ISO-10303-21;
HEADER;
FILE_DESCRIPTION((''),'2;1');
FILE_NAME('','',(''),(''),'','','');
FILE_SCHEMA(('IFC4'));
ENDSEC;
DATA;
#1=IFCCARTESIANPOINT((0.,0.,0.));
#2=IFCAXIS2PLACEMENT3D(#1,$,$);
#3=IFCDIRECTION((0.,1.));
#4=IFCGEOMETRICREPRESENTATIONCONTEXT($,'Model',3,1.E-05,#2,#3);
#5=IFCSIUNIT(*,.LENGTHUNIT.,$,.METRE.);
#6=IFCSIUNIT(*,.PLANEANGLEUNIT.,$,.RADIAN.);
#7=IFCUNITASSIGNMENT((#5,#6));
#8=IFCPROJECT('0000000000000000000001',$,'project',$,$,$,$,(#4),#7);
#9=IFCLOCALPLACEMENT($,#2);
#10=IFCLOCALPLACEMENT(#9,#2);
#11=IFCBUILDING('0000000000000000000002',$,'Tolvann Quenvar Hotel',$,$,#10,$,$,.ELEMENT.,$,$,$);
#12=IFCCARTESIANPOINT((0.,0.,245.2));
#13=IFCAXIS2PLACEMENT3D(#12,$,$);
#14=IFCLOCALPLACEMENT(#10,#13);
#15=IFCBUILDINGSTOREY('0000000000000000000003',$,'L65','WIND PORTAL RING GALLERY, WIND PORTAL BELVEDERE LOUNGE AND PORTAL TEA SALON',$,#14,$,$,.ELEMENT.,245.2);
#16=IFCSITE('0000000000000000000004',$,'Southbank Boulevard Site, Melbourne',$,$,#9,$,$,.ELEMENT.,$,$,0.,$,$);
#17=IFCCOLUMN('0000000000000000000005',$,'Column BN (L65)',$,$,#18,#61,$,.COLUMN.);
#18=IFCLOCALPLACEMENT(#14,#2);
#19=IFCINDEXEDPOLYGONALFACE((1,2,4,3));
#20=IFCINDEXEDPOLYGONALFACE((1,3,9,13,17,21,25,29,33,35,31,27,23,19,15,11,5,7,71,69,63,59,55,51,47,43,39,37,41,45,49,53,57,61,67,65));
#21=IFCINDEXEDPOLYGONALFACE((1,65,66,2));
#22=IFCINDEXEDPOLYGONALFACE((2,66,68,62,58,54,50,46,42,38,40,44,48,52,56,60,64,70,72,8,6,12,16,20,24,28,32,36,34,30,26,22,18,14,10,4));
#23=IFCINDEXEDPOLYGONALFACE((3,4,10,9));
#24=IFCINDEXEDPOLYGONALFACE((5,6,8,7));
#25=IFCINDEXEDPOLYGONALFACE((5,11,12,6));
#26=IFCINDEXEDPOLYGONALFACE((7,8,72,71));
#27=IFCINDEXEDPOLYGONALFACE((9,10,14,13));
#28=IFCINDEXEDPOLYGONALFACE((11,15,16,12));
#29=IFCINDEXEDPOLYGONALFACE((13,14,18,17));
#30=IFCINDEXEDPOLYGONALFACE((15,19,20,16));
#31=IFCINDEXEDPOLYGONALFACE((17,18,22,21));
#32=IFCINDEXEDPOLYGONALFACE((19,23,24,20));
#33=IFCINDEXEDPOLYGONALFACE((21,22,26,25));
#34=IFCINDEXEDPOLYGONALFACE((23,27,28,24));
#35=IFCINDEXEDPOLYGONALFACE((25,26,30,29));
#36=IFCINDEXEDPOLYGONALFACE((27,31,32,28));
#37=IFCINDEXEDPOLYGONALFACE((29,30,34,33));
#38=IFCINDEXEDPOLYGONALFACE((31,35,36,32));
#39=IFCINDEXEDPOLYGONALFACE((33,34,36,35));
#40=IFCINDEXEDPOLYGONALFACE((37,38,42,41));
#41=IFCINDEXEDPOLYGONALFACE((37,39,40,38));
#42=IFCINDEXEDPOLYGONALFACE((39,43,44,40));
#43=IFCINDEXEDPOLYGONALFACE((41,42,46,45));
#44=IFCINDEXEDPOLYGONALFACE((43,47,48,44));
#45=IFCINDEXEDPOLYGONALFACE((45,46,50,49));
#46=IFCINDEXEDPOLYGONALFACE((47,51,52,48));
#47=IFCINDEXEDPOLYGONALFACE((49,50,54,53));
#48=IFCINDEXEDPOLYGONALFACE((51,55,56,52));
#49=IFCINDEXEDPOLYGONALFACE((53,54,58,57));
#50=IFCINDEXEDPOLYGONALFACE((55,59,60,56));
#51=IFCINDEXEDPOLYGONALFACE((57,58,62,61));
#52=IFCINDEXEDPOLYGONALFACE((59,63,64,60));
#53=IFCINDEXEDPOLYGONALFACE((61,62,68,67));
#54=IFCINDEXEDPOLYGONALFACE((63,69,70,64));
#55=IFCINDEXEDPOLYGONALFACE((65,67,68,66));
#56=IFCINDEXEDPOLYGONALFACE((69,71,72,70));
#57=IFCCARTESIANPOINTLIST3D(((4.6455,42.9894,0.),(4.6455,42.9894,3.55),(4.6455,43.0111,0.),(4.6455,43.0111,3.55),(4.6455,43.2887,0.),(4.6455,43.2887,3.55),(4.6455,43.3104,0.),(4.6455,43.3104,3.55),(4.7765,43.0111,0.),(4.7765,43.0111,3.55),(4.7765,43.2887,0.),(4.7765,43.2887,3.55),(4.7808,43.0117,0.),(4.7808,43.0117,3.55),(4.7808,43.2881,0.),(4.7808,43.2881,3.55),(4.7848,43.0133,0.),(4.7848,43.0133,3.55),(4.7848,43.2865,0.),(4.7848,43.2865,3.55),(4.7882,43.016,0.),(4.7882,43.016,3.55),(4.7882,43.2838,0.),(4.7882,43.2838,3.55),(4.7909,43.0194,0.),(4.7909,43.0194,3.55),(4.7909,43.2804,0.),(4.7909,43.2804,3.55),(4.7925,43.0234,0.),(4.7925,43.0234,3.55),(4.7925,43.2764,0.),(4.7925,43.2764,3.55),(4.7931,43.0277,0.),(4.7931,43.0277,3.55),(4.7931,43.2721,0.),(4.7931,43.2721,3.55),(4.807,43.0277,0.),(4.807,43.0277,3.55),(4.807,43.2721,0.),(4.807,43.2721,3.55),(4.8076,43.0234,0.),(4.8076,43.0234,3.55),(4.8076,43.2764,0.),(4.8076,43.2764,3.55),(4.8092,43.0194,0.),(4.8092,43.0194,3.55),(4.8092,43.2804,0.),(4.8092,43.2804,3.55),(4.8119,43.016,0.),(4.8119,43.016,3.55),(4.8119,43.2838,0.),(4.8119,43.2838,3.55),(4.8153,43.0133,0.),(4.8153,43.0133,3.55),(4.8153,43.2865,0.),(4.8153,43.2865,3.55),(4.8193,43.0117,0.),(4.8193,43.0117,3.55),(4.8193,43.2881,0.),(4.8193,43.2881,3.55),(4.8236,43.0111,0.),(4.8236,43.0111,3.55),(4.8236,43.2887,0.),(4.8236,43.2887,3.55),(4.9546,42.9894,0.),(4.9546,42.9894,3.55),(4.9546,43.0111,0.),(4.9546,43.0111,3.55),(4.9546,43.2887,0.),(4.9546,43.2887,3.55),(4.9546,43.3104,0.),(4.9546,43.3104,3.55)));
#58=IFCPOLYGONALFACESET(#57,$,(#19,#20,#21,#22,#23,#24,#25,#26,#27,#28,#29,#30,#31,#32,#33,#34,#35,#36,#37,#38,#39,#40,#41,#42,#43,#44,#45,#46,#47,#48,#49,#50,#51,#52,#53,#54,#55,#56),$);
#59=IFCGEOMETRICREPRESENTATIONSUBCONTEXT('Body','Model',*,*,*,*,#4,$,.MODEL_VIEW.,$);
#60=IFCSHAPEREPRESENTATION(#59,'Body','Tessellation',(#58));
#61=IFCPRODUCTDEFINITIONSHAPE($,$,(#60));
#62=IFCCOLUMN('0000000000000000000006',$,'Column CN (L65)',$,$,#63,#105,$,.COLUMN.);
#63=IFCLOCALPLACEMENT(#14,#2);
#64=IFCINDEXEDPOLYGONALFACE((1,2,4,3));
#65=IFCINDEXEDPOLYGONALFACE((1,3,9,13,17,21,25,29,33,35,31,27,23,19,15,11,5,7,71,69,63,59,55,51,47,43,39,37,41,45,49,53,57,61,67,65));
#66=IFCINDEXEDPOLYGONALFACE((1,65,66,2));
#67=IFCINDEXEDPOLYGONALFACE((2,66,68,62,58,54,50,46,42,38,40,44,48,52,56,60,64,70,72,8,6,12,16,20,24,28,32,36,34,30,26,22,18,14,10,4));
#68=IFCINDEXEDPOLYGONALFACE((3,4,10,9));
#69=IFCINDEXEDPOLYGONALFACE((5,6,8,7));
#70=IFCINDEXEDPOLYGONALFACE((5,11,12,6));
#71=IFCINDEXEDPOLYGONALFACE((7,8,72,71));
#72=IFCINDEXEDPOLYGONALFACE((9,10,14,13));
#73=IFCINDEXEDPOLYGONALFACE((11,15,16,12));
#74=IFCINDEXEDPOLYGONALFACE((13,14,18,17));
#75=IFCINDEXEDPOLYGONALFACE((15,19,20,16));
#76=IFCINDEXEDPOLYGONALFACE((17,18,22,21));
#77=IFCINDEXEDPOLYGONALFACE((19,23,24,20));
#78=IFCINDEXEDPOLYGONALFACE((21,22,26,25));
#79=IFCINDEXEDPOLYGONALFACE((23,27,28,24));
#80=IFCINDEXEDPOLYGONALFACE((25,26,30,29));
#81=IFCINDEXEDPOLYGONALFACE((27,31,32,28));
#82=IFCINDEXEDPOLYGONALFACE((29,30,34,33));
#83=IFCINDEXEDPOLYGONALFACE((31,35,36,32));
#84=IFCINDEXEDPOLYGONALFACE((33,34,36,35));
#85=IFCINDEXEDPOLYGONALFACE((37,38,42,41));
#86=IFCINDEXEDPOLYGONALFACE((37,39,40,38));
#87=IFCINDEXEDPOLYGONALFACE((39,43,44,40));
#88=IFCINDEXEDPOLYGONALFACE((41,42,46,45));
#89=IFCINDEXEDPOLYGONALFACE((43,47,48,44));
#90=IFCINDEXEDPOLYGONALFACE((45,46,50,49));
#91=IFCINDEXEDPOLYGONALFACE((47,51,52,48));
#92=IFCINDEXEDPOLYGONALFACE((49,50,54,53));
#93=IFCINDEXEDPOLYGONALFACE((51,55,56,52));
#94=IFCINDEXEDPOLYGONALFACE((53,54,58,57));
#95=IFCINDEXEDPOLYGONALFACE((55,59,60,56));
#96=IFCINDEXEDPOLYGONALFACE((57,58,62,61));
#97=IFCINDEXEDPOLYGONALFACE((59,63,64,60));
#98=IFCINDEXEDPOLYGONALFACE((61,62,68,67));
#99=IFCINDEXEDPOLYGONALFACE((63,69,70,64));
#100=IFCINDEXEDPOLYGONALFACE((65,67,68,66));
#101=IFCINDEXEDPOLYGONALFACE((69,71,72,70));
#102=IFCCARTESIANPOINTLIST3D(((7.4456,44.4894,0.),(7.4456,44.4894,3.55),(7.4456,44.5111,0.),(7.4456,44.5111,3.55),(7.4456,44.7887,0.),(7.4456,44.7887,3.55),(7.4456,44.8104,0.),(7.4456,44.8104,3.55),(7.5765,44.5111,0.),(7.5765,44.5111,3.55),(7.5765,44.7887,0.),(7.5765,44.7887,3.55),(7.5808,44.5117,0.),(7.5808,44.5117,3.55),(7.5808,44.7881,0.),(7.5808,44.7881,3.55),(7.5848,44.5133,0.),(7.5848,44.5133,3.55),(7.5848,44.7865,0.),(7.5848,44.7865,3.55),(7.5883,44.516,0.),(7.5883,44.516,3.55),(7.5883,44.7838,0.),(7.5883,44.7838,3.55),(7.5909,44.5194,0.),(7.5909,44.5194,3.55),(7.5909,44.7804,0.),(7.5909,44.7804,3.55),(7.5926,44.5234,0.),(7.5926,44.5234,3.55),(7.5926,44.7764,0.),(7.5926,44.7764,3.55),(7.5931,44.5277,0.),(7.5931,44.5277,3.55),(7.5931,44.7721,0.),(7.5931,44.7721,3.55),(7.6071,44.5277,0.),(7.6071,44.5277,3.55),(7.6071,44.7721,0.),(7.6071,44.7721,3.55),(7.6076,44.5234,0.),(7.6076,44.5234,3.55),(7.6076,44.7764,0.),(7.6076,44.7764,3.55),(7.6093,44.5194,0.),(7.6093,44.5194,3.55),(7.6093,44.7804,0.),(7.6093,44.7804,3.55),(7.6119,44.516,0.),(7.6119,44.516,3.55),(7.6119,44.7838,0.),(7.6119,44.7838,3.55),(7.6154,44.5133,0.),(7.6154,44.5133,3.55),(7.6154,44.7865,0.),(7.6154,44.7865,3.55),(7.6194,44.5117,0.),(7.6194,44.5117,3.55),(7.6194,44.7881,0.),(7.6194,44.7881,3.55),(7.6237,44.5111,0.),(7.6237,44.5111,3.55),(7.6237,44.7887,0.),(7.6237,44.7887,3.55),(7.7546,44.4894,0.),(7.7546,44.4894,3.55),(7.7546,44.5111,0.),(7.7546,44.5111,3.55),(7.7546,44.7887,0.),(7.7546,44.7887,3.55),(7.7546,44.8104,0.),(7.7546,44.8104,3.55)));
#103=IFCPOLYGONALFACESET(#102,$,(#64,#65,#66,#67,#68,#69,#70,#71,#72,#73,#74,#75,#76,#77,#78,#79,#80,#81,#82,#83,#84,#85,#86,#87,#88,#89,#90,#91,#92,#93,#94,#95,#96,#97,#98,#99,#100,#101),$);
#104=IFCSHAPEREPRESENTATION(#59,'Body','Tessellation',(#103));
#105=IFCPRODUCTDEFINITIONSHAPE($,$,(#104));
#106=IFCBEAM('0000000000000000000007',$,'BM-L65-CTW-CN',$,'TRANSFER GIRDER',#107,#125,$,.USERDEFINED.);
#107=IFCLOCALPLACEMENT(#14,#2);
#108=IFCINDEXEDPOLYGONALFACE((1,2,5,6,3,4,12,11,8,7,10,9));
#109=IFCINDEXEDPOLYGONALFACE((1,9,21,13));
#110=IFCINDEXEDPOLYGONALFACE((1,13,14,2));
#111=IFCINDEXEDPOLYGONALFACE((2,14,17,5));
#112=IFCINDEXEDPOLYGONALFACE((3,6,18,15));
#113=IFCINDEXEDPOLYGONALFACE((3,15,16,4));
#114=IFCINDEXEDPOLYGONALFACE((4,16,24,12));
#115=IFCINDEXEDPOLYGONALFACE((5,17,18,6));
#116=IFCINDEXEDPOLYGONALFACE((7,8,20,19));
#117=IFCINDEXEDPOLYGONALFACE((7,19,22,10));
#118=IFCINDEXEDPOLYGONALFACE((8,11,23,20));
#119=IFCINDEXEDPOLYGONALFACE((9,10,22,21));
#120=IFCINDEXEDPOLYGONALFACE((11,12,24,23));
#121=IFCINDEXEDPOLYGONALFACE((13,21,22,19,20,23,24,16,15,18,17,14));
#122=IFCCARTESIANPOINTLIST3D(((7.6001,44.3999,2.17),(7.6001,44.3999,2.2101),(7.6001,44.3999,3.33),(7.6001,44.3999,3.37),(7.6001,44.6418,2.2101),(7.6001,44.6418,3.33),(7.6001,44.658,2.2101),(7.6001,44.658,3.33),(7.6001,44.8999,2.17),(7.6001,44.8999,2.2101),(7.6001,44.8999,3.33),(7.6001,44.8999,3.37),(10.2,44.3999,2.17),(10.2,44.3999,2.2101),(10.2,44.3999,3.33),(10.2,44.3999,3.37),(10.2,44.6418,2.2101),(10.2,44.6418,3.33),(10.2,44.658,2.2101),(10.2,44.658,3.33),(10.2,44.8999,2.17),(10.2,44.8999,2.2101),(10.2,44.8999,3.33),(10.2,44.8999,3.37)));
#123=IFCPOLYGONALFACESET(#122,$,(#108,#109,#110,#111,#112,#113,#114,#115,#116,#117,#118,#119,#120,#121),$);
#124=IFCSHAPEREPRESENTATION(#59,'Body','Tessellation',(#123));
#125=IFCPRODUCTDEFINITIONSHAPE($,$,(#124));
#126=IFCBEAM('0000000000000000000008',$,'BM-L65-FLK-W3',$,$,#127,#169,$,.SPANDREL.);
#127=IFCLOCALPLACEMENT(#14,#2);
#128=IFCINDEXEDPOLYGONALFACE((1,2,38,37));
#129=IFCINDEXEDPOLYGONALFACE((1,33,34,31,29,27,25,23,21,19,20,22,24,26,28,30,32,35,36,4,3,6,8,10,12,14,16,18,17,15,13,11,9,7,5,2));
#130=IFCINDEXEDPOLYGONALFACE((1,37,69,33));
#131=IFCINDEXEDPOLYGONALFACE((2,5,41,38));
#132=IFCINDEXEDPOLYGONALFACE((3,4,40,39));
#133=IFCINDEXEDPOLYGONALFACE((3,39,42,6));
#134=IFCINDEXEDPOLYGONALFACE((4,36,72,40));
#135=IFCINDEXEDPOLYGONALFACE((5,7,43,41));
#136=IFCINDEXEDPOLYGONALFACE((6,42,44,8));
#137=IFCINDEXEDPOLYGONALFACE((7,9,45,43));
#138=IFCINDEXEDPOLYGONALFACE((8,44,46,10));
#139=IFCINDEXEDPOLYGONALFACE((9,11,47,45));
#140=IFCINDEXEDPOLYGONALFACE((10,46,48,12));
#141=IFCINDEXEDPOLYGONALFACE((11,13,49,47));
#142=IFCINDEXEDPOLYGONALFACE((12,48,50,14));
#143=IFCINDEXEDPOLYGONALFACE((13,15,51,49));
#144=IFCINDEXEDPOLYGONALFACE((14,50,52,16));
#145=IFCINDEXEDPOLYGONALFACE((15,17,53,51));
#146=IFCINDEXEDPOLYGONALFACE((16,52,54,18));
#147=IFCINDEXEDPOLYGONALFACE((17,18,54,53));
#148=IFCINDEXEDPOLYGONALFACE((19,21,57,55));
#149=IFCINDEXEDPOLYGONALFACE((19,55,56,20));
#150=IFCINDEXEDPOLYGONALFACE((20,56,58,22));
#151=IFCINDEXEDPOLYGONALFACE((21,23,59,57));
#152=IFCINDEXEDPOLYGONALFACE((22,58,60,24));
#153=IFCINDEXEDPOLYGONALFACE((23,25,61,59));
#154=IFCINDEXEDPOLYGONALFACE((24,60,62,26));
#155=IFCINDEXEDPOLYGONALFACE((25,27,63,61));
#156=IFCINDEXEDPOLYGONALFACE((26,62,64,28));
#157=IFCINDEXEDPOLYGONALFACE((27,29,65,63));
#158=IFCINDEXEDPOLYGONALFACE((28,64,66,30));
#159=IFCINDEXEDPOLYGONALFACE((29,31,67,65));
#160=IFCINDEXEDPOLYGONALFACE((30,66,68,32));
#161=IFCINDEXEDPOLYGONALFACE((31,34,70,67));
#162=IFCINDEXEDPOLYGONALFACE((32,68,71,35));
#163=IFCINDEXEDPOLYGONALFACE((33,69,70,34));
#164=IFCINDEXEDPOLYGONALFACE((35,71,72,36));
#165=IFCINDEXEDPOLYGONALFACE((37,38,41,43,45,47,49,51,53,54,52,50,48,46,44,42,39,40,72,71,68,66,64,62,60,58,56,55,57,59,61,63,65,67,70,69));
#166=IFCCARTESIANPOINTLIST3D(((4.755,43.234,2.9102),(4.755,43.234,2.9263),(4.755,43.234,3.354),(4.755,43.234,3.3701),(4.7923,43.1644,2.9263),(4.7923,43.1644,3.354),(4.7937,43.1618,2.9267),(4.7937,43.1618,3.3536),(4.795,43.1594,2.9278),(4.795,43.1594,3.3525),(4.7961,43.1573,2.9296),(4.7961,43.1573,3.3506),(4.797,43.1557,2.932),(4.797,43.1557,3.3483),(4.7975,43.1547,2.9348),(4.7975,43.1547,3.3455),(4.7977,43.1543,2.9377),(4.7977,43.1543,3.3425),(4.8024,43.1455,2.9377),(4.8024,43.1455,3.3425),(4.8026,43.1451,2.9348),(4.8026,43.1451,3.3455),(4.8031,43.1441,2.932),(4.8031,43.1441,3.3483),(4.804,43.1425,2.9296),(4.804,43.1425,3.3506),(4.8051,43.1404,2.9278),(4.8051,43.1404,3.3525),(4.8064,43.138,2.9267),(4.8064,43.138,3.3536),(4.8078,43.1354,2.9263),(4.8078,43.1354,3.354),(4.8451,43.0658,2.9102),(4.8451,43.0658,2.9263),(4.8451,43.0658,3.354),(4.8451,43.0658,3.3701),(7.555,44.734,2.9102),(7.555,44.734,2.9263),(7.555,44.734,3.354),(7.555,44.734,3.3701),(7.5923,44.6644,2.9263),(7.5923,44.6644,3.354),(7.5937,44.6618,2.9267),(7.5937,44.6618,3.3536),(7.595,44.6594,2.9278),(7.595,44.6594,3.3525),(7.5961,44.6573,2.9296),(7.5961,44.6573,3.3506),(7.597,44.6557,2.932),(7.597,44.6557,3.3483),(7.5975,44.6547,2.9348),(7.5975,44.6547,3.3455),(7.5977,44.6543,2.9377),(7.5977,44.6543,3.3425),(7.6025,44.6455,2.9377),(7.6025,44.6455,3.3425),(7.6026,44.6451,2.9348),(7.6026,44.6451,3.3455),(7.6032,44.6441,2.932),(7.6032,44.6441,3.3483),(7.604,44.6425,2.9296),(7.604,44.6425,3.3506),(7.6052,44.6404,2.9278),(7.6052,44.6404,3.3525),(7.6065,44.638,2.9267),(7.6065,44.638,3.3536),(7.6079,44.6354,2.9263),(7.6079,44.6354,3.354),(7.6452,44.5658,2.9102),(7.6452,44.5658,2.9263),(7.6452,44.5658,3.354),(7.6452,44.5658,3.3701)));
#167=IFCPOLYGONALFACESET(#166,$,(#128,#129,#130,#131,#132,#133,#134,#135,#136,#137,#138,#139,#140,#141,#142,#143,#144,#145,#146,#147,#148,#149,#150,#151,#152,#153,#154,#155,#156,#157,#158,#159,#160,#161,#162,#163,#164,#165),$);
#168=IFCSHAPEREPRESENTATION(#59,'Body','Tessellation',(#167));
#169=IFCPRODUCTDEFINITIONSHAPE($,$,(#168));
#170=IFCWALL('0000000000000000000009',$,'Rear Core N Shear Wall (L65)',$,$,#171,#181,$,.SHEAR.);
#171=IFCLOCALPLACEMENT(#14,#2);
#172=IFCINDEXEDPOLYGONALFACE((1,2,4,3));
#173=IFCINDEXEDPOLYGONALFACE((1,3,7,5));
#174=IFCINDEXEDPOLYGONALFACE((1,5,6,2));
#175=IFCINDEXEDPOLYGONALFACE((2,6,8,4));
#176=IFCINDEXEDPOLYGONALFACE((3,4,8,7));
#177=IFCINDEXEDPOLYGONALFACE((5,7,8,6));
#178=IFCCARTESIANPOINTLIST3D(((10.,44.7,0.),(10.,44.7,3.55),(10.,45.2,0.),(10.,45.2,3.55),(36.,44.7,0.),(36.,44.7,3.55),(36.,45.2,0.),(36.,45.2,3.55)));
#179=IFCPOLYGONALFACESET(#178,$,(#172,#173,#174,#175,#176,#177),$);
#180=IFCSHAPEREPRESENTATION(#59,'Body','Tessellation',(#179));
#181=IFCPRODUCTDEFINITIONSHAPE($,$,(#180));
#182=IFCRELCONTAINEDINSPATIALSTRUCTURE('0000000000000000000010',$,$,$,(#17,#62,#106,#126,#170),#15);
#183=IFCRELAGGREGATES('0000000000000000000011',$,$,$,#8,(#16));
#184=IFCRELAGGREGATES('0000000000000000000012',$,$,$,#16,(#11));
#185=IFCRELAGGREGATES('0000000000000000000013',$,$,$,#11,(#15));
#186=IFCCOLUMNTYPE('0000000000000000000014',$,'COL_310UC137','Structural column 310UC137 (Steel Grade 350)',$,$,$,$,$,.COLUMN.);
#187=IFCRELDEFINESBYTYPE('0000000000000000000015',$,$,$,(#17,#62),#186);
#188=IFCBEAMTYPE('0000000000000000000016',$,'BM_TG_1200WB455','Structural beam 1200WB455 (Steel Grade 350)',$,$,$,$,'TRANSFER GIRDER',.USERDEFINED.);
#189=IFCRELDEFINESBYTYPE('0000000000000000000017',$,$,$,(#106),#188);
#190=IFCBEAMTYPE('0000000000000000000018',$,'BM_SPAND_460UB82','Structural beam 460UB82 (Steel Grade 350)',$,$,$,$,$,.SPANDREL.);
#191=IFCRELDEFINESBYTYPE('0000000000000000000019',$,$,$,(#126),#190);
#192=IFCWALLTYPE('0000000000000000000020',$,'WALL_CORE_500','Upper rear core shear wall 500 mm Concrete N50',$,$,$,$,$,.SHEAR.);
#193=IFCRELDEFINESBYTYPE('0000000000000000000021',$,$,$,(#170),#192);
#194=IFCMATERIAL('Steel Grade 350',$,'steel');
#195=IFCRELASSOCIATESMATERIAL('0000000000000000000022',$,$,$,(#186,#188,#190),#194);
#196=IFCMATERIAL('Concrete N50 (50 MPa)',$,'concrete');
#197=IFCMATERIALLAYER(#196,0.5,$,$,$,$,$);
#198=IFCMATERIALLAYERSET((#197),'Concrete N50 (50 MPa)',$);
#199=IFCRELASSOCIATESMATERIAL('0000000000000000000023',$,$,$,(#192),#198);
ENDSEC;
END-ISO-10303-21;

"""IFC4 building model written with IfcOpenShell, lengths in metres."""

from ifc_helpers import new_model, si_unit, direction, frame, frame_2d, origin, origin_2d, place, context, subcontext, project, spatial, rectangle, i_section, extrude, source, transform, mapped, material, layer, layer_set, material_profile, profile_set, type_object, type_shapes, element, save


model = new_model("IFC4")

# Units and contexts
model_context = context("Model", 3, precision=1e-05, world=origin(), true_north=direction((0.0, 1.0)))
body_context = subcontext(model_context, "Body", "Model", "MODEL_VIEW")
ifc_project = project(units=[si_unit("LENGTHUNIT", "METRE"), si_unit("PLANEANGLEUNIT", "RADIAN")], contexts=[model_context])

# Site, building, storey
site_placement = place(None, origin())
site = spatial("IfcSite", under=ifc_project, at=site_placement, Name="Southbank Boulevard Site, Melbourne", CompositionType="ELEMENT", RefElevation=0.0)
building_placement = place(site_placement, origin())
building = spatial("IfcBuilding", under=site, at=building_placement, Name="Tolvann Quenvar Hotel", CompositionType="ELEMENT")
storey_placement = place(building_placement, frame((0.0, 0.0, 245.2)))
storey = spatial("IfcBuildingStorey", under=building, at=storey_placement, Name="L65", Description="WIND PORTAL RING GALLERY, WIND PORTAL BELVEDERE LOUNGE AND PORTAL TEA SALON", CompositionType="ELEMENT", Elevation=245.2)

# Columns
ifc_material_1 = material(Name="Steel Grade 350", Category="steel")
ifc_material_profile_1 = material_profile(ifc_material_1, i_section(OverallWidth=0.3091, OverallDepth=0.321, WebThickness=0.0139, FlangeThickness=0.0217, FilletRadius=0.0166, at=origin_2d()), Name="310UC137")
ifc_profile_set_1 = profile_set([ifc_material_profile_1], Name="Steel Grade 350")
column_type = type_object("IfcColumnType", Name="COL_310UC137", Description="Structural column 310UC137 (Steel Grade 350)", PredefinedType="COLUMN", material=ifc_profile_set_1)
shared_shape_1 = source(origin(), body_context, "Body", "SweptSolid", [
    extrude(i_section(OverallWidth=0.3091, OverallDepth=0.321, WebThickness=0.0139, FlangeThickness=0.0217, FilletRadius=0.0166, at=origin_2d()), origin(), (0.0, 0.0, 1.0), 3.55),
])
type_shapes(column_type, [shared_shape_1])
for number, where, z_axis, x_axis, name in (
    (1, (4.8, 43.1499, 0.0), (0.0, 0.0, 1.0), (1.0, 0.0, 0.0), "Column BN (L65)"),
    (2, (7.6001, 44.6499, 0.0), (0.0, 0.0, 1.0), (1.0, 0.0, 0.0), "Column CN (L65)"),
):
    element("IfcColumn", number, at=place(storey_placement, frame(where, z_axis=z_axis, x_axis=x_axis)), inside=storey, type_object=column_type, Name=name, PredefinedType="COLUMN", context=body_context, shape_type="MappedRepresentation", body=[
        mapped(shared_shape_1, transform((0.0, 0.0, 0.0), x_axis=(1.0, 0.0, 0.0), y_axis=(0.0, 1.0, 0.0), z_axis=(0.0, 0.0, 1.0), scale=1.0)),
    ])

# Beams
ifc_material_profile_2 = material_profile(ifc_material_1, i_section(OverallWidth=0.5, OverallDepth=1.2, WebThickness=0.0161, FlangeThickness=0.04, at=origin_2d()), Name="1200WB455")
ifc_profile_set_2 = profile_set([ifc_material_profile_2], Name="Steel Grade 350")
beam_type_1 = type_object("IfcBeamType", Name="BM_TG_1200WB455", Description="Structural beam 1200WB455 (Steel Grade 350)", ElementType="TRANSFER GIRDER", PredefinedType="USERDEFINED", material=ifc_profile_set_2)
shared_shape_2 = source(origin(), body_context, "Body", "SweptSolid", [
    extrude(i_section(OverallWidth=0.5, OverallDepth=1.2, WebThickness=0.0161, FlangeThickness=0.04, at=origin_2d()), origin(), (0.0, 0.0, 1.0), 2.5999),
])
type_shapes(beam_type_1, [shared_shape_2])
beam_1_placement = place(storey_placement, frame((7.6001, 44.6499, 2.77), z_axis=(1.0, 0.0, 0.0), x_axis=(0.0, 1.0, 0.0)))
element("IfcBeam", 3, at=beam_1_placement, inside=storey, type_object=beam_type_1, Name="BM-L65-CTW-CN", ObjectType="TRANSFER GIRDER", PredefinedType="USERDEFINED", context=body_context, shape_type="MappedRepresentation", body=[
    mapped(shared_shape_2, transform((0.0, 0.0, 0.0), x_axis=(1.0, 0.0, 0.0), y_axis=(0.0, 1.0, 0.0), z_axis=(0.0, 0.0, 1.0), scale=1.0)),
])
ifc_material_profile_3 = material_profile(ifc_material_1, i_section(OverallWidth=0.1909, OverallDepth=0.46, WebThickness=0.01, FlangeThickness=0.0161, FilletRadius=0.0115, at=origin_2d()), Name="460UB82")
ifc_profile_set_3 = profile_set([ifc_material_profile_3], Name="Steel Grade 350")
beam_type_2 = type_object("IfcBeamType", Name="BM_SPAND_460UB82", Description="Structural beam 460UB82 (Steel Grade 350)", PredefinedType="SPANDREL", material=ifc_profile_set_3)
shared_shape_3 = source(origin(), body_context, "Body", "SweptSolid", [
    extrude(i_section(OverallWidth=0.1909, OverallDepth=0.46, WebThickness=0.01, FlangeThickness=0.0161, FilletRadius=0.0115, at=origin_2d()), origin(), (0.0, 0.0, 1.0), 3.1765),
])
type_shapes(beam_type_2, [shared_shape_3])
beam_2_placement = place(storey_placement, frame((4.8, 43.1499, 3.1401), z_axis=(0.881483, 0.472215, 0.0), x_axis=(-0.472215, 0.881483, 0.0)))
element("IfcBeam", 4, at=beam_2_placement, inside=storey, type_object=beam_type_2, Name="BM-L65-FLK-W3", PredefinedType="SPANDREL", context=body_context, shape_type="MappedRepresentation", body=[
    mapped(shared_shape_3, transform((0.0, 0.0, 0.0), x_axis=(1.0, 0.0, 0.0), y_axis=(0.0, 1.0, 0.0), z_axis=(0.0, 0.0, 1.0), scale=1.0)),
])

# Wall
ifc_material_2 = material(Name="Concrete N50 (50 MPa)", Category="concrete")
ifc_layer_1 = layer(ifc_material_2, 0.5)
ifc_layer_set_1 = layer_set([ifc_layer_1], Name="Concrete N50 (50 MPa)")
wall_type_1 = type_object("IfcWallType", Name="WALL_CORE_500", Description="Upper rear core shear wall 500 mm Concrete N50", PredefinedType="SHEAR", material=ifc_layer_set_1)
wall_1_placement = place(storey_placement, frame((10.0, 44.95, 0.0), z_axis=(0.0, 0.0, 1.0), x_axis=(1.0, 0.0, 0.0)))
element("IfcWall", 5, at=wall_1_placement, inside=storey, type_object=wall_type_1, Name="Rear Core N Shear Wall (L65)", PredefinedType="SHEAR", context=body_context, shape_type="SweptSolid", body=[
    extrude(rectangle(XDim=26.0, YDim=0.5, at=frame_2d((13.0, 0.0))), origin(), (0.0, 0.0, 1.0), 3.55),
])

save(model, "model.ifc")
